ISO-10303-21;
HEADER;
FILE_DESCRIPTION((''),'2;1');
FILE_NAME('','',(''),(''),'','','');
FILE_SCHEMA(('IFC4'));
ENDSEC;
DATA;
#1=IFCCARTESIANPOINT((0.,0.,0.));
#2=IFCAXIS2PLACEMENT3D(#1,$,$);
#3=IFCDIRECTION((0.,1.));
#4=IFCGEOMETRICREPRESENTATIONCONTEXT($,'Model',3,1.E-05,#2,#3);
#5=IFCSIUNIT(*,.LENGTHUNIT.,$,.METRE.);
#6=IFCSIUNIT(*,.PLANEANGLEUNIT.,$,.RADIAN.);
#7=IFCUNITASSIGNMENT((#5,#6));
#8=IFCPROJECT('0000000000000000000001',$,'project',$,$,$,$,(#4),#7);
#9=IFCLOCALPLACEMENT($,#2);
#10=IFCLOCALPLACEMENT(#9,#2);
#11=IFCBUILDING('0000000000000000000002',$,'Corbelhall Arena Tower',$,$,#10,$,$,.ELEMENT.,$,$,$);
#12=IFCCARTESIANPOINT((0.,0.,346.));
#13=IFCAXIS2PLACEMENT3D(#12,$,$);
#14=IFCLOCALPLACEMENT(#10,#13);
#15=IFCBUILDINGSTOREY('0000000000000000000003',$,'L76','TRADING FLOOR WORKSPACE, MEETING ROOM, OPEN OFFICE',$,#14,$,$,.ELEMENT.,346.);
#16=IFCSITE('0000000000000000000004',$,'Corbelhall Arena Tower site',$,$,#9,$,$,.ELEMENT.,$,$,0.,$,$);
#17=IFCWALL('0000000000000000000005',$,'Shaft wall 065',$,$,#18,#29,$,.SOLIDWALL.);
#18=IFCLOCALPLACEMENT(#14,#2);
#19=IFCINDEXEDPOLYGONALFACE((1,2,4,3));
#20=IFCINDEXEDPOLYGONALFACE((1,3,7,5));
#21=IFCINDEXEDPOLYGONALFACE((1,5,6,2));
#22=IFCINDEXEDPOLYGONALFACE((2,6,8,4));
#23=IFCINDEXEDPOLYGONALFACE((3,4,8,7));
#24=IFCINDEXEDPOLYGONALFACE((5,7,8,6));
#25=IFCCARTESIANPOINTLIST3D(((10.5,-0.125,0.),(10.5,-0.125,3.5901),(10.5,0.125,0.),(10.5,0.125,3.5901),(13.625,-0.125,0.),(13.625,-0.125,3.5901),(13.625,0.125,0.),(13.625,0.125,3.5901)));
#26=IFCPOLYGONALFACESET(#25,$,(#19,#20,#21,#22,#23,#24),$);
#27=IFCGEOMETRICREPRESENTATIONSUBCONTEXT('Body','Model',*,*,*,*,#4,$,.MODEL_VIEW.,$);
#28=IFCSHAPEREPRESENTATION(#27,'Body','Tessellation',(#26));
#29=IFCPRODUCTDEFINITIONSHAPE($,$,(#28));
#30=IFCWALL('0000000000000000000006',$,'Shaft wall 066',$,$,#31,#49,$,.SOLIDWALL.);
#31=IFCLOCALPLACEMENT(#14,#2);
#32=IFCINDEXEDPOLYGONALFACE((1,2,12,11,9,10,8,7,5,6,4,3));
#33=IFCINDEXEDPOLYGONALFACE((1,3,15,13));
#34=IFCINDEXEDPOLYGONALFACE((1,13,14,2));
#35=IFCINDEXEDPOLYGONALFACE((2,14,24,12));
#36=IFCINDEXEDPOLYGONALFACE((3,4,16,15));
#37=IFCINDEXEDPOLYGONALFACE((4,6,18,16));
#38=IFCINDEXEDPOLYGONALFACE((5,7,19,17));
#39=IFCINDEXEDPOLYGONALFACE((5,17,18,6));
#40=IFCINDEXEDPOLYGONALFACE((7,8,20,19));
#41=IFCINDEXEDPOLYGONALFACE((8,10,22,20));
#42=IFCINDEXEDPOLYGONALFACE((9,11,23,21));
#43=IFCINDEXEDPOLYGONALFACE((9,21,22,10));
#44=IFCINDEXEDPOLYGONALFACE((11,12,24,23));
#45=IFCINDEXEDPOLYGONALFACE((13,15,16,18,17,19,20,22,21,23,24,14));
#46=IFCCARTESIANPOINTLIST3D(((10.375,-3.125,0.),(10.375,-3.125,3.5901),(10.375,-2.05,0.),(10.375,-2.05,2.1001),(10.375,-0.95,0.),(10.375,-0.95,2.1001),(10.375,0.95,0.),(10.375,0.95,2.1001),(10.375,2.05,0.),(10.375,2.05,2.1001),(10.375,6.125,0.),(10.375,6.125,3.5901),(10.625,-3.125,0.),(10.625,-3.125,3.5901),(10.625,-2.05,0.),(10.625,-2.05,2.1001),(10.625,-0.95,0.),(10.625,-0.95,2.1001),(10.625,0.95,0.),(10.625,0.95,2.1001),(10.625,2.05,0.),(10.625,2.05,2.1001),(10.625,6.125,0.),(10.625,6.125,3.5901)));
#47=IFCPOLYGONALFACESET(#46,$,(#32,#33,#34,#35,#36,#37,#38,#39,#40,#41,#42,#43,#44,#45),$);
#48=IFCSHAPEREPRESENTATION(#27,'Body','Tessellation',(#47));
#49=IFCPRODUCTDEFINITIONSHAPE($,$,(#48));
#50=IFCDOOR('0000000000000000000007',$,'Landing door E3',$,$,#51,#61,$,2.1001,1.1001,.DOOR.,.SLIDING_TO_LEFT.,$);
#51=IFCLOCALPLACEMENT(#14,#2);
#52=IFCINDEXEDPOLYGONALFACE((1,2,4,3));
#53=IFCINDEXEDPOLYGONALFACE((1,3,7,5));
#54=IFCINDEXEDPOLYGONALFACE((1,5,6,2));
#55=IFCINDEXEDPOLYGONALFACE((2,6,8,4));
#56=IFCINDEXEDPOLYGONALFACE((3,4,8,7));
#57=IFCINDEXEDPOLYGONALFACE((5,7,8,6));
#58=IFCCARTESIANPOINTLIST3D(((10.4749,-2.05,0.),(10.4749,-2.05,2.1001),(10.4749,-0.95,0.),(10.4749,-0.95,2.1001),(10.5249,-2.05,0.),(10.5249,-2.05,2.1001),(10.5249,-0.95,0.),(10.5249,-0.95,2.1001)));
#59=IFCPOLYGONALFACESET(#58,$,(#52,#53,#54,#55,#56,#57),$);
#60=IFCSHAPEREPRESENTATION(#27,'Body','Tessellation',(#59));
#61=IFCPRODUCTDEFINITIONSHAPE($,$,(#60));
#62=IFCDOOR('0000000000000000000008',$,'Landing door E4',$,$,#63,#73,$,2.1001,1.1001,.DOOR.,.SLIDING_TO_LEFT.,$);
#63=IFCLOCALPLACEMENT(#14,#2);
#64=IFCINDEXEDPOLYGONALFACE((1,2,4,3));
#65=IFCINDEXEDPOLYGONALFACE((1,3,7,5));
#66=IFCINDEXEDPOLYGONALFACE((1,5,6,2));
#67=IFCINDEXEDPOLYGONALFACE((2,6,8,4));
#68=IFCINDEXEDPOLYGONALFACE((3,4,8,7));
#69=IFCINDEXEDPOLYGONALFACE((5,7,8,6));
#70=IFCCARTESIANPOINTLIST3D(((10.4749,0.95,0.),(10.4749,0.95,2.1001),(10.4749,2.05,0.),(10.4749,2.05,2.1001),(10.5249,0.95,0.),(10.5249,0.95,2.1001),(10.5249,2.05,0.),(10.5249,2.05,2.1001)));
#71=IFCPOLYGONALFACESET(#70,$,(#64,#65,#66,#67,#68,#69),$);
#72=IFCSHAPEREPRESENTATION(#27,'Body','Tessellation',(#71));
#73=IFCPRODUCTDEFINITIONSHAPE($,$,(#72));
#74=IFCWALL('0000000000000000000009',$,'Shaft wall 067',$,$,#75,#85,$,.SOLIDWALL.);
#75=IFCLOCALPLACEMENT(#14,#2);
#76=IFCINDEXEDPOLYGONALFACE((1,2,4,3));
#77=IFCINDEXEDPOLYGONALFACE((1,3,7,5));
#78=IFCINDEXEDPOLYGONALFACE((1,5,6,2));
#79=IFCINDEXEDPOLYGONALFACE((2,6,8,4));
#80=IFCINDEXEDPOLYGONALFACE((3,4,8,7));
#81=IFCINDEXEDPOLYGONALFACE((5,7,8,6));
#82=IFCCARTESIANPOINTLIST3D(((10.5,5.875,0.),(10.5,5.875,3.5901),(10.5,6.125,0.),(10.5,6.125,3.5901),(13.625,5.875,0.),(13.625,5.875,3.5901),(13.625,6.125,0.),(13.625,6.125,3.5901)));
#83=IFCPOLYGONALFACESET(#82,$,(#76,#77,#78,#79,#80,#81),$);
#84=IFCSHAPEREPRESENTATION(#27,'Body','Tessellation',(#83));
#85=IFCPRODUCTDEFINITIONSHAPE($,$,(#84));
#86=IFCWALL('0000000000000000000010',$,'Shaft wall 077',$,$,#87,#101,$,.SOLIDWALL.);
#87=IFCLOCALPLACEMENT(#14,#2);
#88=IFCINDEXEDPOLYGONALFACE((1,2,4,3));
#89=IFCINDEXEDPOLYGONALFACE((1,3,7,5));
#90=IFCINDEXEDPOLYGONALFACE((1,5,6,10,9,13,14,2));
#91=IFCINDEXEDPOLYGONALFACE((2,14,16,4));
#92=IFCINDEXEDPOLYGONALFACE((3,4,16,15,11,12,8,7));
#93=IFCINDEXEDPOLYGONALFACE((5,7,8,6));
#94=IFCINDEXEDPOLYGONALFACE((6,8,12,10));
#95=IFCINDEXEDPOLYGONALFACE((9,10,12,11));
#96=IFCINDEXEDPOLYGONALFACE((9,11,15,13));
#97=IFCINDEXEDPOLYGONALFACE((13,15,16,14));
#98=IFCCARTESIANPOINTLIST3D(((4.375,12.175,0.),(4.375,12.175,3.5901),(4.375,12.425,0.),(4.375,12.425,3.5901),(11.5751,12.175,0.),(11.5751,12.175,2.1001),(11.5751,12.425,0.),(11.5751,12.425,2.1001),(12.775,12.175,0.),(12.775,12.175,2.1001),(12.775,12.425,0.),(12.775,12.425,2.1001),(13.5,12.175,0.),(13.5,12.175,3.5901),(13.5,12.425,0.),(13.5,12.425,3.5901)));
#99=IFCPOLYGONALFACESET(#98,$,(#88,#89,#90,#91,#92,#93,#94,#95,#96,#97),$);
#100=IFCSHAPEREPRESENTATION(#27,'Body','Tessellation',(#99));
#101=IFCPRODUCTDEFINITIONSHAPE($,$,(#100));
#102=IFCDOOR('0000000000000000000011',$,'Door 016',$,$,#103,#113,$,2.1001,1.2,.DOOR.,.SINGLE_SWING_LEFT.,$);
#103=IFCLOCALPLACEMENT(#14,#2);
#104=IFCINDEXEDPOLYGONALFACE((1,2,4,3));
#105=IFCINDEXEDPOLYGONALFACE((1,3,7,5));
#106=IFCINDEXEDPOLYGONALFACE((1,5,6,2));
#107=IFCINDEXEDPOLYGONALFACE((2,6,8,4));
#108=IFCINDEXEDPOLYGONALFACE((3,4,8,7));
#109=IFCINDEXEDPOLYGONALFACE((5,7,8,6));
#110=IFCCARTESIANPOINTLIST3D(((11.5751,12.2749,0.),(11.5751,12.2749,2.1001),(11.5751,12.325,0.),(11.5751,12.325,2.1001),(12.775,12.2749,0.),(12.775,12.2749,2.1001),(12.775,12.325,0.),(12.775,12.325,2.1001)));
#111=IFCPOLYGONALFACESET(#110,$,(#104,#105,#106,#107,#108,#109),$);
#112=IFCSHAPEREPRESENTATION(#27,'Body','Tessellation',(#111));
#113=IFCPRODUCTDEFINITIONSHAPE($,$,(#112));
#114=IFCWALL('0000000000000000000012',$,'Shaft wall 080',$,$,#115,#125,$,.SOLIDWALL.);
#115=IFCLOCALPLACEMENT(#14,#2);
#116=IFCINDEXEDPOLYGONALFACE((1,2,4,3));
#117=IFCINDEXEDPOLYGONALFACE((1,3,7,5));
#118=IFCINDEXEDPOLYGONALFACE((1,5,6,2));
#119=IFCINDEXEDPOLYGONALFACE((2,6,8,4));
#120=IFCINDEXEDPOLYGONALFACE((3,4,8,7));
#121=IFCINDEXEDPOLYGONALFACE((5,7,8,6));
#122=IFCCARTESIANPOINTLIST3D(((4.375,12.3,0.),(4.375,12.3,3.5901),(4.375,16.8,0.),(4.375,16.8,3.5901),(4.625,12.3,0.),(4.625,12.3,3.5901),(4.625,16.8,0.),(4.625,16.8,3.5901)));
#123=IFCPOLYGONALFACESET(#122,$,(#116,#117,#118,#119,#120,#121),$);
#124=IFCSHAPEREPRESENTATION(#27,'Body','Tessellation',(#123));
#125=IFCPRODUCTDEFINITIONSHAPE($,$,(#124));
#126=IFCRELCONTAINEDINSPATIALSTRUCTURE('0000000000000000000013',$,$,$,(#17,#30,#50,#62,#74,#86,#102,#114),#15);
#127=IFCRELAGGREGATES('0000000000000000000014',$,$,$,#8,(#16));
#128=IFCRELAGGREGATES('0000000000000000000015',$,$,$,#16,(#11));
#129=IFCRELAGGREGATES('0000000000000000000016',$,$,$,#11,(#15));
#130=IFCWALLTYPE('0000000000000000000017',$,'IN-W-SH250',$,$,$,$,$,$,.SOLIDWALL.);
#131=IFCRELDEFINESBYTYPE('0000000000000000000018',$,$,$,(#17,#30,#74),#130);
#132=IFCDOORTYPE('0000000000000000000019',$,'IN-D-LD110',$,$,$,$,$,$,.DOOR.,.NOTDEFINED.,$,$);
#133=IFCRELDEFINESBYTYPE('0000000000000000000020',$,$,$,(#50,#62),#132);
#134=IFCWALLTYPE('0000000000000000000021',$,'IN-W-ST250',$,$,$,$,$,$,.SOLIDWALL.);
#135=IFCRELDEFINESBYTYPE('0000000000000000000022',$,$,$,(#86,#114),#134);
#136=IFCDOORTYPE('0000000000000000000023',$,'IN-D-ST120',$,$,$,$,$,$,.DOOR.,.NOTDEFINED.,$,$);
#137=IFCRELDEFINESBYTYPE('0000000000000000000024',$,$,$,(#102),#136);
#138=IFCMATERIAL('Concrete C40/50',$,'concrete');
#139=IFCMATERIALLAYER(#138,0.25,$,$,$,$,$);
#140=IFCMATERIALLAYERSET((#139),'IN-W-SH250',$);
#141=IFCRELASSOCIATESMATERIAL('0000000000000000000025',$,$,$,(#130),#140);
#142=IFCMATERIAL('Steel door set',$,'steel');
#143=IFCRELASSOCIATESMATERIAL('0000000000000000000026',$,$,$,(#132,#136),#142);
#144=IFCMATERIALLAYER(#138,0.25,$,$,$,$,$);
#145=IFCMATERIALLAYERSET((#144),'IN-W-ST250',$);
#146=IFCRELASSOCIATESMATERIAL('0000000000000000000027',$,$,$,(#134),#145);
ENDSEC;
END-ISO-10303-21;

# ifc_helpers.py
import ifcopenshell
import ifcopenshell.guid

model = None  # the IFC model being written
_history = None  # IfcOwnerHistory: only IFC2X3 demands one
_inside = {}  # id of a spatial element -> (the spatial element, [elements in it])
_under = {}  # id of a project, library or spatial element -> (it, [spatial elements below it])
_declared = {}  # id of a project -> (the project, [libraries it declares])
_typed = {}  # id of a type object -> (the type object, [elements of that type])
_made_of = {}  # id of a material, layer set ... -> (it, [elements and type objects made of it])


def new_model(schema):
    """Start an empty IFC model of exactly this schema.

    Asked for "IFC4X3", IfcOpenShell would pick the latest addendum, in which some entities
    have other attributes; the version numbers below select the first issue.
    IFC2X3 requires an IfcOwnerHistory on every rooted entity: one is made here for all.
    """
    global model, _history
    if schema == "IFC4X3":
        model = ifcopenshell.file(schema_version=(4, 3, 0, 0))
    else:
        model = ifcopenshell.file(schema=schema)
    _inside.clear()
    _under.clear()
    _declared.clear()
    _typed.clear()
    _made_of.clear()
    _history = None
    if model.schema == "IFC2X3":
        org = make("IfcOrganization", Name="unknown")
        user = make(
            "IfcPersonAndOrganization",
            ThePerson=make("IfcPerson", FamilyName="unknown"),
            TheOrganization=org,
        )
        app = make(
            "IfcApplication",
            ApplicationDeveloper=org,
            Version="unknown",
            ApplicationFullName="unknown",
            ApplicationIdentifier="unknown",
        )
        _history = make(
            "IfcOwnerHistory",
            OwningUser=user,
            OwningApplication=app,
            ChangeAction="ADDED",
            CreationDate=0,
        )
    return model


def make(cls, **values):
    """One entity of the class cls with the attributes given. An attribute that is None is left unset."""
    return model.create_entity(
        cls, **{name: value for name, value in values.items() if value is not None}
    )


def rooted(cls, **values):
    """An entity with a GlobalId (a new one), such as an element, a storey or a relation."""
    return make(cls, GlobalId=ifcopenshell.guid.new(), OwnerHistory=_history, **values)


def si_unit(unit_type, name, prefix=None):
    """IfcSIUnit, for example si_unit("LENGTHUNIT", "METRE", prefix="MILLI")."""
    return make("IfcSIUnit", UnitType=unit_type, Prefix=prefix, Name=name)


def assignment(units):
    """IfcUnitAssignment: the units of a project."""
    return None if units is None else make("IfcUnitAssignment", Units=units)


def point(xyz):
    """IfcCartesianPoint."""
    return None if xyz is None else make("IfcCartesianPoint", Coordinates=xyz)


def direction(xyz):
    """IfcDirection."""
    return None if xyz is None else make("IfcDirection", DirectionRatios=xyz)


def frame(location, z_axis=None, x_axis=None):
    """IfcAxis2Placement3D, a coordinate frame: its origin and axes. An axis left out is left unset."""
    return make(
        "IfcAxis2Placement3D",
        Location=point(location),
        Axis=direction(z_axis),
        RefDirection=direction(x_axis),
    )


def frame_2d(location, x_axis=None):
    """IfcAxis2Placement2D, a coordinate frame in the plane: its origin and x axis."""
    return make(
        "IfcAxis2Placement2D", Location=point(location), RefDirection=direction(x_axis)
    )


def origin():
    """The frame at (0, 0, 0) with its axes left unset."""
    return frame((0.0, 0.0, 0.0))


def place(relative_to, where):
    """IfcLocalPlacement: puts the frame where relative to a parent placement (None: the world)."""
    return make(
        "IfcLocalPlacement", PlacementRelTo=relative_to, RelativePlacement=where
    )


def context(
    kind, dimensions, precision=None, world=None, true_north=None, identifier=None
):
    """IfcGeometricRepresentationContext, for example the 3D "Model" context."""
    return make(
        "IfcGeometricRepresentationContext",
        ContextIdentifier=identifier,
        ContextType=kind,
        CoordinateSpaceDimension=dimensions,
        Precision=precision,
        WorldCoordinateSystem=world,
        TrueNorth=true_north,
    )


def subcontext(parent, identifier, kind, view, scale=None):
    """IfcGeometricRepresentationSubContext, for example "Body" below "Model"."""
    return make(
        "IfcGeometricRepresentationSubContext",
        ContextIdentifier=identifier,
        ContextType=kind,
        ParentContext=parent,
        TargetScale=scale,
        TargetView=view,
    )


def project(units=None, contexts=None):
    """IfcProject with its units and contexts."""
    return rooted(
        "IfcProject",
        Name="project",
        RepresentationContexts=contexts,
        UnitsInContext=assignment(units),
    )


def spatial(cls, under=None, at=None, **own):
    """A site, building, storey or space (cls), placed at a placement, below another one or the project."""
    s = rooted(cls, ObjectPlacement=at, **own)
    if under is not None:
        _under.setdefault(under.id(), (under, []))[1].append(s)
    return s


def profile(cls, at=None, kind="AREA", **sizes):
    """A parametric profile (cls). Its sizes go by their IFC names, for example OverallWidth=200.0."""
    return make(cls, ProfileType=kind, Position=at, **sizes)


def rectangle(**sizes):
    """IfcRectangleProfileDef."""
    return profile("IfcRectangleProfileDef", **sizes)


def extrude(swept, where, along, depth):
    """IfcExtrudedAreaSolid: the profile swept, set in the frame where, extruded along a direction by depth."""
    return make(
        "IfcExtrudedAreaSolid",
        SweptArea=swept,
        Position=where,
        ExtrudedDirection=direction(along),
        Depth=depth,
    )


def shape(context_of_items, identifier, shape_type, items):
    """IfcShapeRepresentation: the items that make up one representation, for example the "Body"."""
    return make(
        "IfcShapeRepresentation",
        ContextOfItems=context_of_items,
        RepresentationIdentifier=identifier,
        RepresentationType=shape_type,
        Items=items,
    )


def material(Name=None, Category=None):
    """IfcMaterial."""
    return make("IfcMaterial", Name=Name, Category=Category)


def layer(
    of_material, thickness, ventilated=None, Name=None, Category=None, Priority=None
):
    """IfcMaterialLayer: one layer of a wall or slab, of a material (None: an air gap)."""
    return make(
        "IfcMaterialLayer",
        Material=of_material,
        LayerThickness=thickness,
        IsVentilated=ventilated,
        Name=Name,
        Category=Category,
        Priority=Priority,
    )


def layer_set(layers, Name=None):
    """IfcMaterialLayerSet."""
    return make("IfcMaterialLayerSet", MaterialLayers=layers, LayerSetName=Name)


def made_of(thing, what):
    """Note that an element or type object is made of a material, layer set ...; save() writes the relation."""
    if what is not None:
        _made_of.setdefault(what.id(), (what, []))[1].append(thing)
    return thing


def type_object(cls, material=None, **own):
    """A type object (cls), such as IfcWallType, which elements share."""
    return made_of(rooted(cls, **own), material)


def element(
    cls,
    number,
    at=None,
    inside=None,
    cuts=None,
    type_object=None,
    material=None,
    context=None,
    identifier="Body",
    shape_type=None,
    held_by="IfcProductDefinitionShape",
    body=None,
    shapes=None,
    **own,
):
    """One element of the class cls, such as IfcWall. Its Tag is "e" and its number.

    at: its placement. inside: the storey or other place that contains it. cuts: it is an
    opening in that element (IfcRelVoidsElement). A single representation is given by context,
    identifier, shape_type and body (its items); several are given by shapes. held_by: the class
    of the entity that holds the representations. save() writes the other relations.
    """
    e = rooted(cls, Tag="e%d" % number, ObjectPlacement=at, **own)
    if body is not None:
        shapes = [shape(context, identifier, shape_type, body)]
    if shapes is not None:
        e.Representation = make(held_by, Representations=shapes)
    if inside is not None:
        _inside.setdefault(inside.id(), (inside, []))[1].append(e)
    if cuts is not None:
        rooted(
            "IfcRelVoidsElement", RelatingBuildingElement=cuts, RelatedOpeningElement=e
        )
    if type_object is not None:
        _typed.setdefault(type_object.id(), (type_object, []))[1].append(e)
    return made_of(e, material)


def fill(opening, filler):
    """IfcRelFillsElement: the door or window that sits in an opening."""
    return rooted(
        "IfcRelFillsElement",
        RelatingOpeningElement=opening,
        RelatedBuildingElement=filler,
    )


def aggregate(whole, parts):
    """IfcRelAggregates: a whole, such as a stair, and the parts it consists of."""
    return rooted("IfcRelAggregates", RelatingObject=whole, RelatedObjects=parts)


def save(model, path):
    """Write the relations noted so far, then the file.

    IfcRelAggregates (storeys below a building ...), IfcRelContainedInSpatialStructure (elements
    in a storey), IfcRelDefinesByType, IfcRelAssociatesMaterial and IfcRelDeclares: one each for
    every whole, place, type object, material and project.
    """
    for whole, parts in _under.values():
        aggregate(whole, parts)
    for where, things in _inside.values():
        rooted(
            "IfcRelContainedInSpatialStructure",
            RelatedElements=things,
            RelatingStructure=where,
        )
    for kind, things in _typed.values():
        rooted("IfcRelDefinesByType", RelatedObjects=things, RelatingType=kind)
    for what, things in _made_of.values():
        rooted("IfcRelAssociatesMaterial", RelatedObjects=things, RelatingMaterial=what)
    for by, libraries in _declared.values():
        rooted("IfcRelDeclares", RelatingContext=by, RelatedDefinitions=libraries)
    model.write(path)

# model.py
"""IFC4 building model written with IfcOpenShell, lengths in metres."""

from ifc_helpers import new_model, si_unit, direction, frame, frame_2d, origin, place, context, subcontext, project, spatial, rectangle, extrude, material, layer, layer_set, type_object, element, fill, save


model = new_model("IFC4")

# Units and contexts
model_context = context("Model", 3, precision=1e-05, world=origin(), true_north=direction((0.0, 1.0)))
body_context = subcontext(model_context, "Body", "Model", "MODEL_VIEW")
ifc_project = project(units=[si_unit("LENGTHUNIT", "METRE"), si_unit("PLANEANGLEUNIT", "RADIAN")], contexts=[model_context])

# Site, building, storey
site_placement = place(None, origin())
site = spatial("IfcSite", under=ifc_project, at=site_placement, Name="Corbelhall Arena Tower site", CompositionType="ELEMENT", RefElevation=0.0)
building_placement = place(site_placement, origin())
building = spatial("IfcBuilding", under=site, at=building_placement, Name="Corbelhall Arena Tower", CompositionType="ELEMENT")
storey_placement = place(building_placement, frame((0.0, 0.0, 346.0)))
storey = spatial("IfcBuildingStorey", under=building, at=storey_placement, Name="L76", Description="TRADING FLOOR WORKSPACE, MEETING ROOM, OPEN OFFICE", CompositionType="ELEMENT", Elevation=346.0)

# Shared definitions
ifc_material_1 = material(Name="Concrete C40/50", Category="concrete")

# Shared definitions
ifc_material_2 = material(Name="Steel door set", Category="steel")

# Shared definitions
ifc_layer_1 = layer(ifc_material_1, 0.25)
ifc_layer_set_1 = layer_set([ifc_layer_1], Name="IN-W-SH250")
wall_type_1 = type_object("IfcWallType", Name="IN-W-SH250", PredefinedType="SOLIDWALL", material=ifc_layer_set_1)

# Wall
wall_1_placement = place(storey_placement, frame((10.5, 0.0, 0.0), z_axis=(0.0, 0.0, 1.0), x_axis=(1.0, 0.0, 0.0)))
element("IfcWall", 1, at=wall_1_placement, inside=storey, type_object=wall_type_1, Name="Shaft wall 065", PredefinedType="SOLIDWALL", context=body_context, shape_type="SweptSolid", body=[
    extrude(rectangle(XDim=3.125, YDim=0.25, at=frame_2d((1.5625, 0.0))), origin(), (0.0, 0.0, 1.0), 3.5901),
])

# Wall, openings, doors
wall_2_placement = place(storey_placement, frame((10.5, 6.125, 0.0), z_axis=(0.0, 0.0, 1.0), x_axis=(0.0, -1.0, 0.0)))
wall_2 = element("IfcWall", 2, at=wall_2_placement, inside=storey, type_object=wall_type_1, Name="Shaft wall 066", PredefinedType="SOLIDWALL", context=body_context, shape_type="SweptSolid", body=[
    extrude(rectangle(XDim=9.25, YDim=0.25, at=frame_2d((4.625, 0.0))), origin(), (0.0, 0.0, 1.0), 3.5901),
])
opening_1_placement = place(wall_2_placement, frame((7.075, 0.0, 0.0)))
opening_1 = element("IfcOpeningElement", 3, at=opening_1_placement, cuts=wall_2, PredefinedType="OPENING", context=body_context, shape_type="SweptSolid", body=[
    extrude(rectangle(XDim=1.1001, YDim=2.1001, at=frame_2d((0.55, 1.05))), frame((0.0, 0.125, 0.0), z_axis=(0.0, -1.0, 0.0), x_axis=(1.0, 0.0, 0.0)), (0.0, 0.0, 1.0), 0.25),
])
opening_2_placement = place(wall_2_placement, frame((4.075, 0.0, 0.0)))
opening_2 = element("IfcOpeningElement", 4, at=opening_2_placement, cuts=wall_2, PredefinedType="OPENING", context=body_context, shape_type="SweptSolid", body=[
    extrude(rectangle(XDim=1.1001, YDim=2.1001, at=frame_2d((0.55, 1.05))), frame((0.0, 0.125, 0.0), z_axis=(0.0, -1.0, 0.0), x_axis=(1.0, 0.0, 0.0)), (0.0, 0.0, 1.0), 0.25),
])
door_type_1 = type_object("IfcDoorType", Name="IN-D-LD110", OperationType="NOTDEFINED", PredefinedType="DOOR", material=ifc_material_2)
door_1_placement = place(opening_1_placement, origin())
door_1 = element("IfcDoor", 5, at=door_1_placement, inside=storey, type_object=door_type_1, Name="Landing door E3", OperationType="SLIDING_TO_LEFT", OverallHeight=2.1001, OverallWidth=1.1001, PredefinedType="DOOR", context=body_context, shape_type="SweptSolid", body=[
    extrude(rectangle(XDim=1.1001, YDim=2.1001, at=frame_2d((0.55, 1.05))), frame((0.0, 0.0249, 0.0), z_axis=(0.0, -1.0, 0.0), x_axis=(1.0, 0.0, 0.0)), (0.0, 0.0, 1.0), 0.05),
])
fill(opening_1, door_1)
door_2_placement = place(opening_2_placement, origin())
door_2 = element("IfcDoor", 6, at=door_2_placement, inside=storey, type_object=door_type_1, Name="Landing door E4", OperationType="SLIDING_TO_LEFT", OverallHeight=2.1001, OverallWidth=1.1001, PredefinedType="DOOR", context=body_context, shape_type="SweptSolid", body=[
    extrude(rectangle(XDim=1.1001, YDim=2.1001, at=frame_2d((0.55, 1.05))), frame((0.0, 0.0249, 0.0), z_axis=(0.0, -1.0, 0.0), x_axis=(1.0, 0.0, 0.0)), (0.0, 0.0, 1.0), 0.05),
])
fill(opening_2, door_2)

# Wall
wall_3_placement = place(storey_placement, frame((10.5, 6.0, 0.0), z_axis=(0.0, 0.0, 1.0), x_axis=(1.0, 0.0, 0.0)))
element("IfcWall", 7, at=wall_3_placement, inside=storey, type_object=wall_type_1, Name="Shaft wall 067", PredefinedType="SOLIDWALL", context=body_context, shape_type="SweptSolid", body=[
    extrude(rectangle(XDim=3.125, YDim=0.25, at=frame_2d((1.5625, 0.0))), origin(), (0.0, 0.0, 1.0), 3.5901),
])

# Wall, opening, door
ifc_layer_2 = layer(ifc_material_1, 0.25)
ifc_layer_set_2 = layer_set([ifc_layer_2], Name="IN-W-ST250")
wall_type_2 = type_object("IfcWallType", Name="IN-W-ST250", PredefinedType="SOLIDWALL", material=ifc_layer_set_2)
wall_4_placement = place(storey_placement, frame((4.375, 12.3, 0.0), z_axis=(0.0, 0.0, 1.0), x_axis=(1.0, 0.0, 0.0)))
wall_4 = element("IfcWall", 8, at=wall_4_placement, inside=storey, type_object=wall_type_2, Name="Shaft wall 077", PredefinedType="SOLIDWALL", context=body_context, shape_type="SweptSolid", body=[
    extrude(rectangle(XDim=9.125, YDim=0.25, at=frame_2d((4.5625, 0.0))), origin(), (0.0, 0.0, 1.0), 3.5901),
])
opening_3_placement = place(wall_4_placement, frame((7.2, 0.0, 0.0)))
opening_3 = element("IfcOpeningElement", 9, at=opening_3_placement, cuts=wall_4, PredefinedType="OPENING", context=body_context, shape_type="SweptSolid", body=[
    extrude(rectangle(XDim=1.2, YDim=2.1001, at=frame_2d((0.6001, 1.05))), frame((0.0, 0.125, 0.0), z_axis=(0.0, -1.0, 0.0), x_axis=(1.0, 0.0, 0.0)), (0.0, 0.0, 1.0), 0.25),
])
door_type_2 = type_object("IfcDoorType", Name="IN-D-ST120", OperationType="NOTDEFINED", PredefinedType="DOOR", material=ifc_material_2)
door_3_placement = place(opening_3_placement, origin())
door_3 = element("IfcDoor", 10, at=door_3_placement, inside=storey, type_object=door_type_2, Name="Door 016", OperationType="SINGLE_SWING_LEFT", OverallHeight=2.1001, OverallWidth=1.2, PredefinedType="DOOR", context=body_context, shape_type="SweptSolid", body=[
    extrude(rectangle(XDim=1.2, YDim=2.1001, at=frame_2d((0.6001, 1.05))), frame((0.0, 0.0249, 0.0), z_axis=(0.0, -1.0, 0.0), x_axis=(1.0, 0.0, 0.0)), (0.0, 0.0, 1.0), 0.05),
])
fill(opening_3, door_3)

# Wall
wall_5_placement = place(storey_placement, frame((4.5, 12.3, 0.0), z_axis=(0.0, 0.0, 1.0), x_axis=(0.0, 1.0, 0.0)))
element("IfcWall", 11, at=wall_5_placement, inside=storey, type_object=wall_type_2, Name="Shaft wall 080", PredefinedType="SOLIDWALL", context=body_context, shape_type="SweptSolid", body=[
    extrude(rectangle(XDim=4.5, YDim=0.25, at=frame_2d((2.25, 0.0))), origin(), (0.0, 0.0, 1.0), 3.5901),
])

save(model, "model.ifc")
